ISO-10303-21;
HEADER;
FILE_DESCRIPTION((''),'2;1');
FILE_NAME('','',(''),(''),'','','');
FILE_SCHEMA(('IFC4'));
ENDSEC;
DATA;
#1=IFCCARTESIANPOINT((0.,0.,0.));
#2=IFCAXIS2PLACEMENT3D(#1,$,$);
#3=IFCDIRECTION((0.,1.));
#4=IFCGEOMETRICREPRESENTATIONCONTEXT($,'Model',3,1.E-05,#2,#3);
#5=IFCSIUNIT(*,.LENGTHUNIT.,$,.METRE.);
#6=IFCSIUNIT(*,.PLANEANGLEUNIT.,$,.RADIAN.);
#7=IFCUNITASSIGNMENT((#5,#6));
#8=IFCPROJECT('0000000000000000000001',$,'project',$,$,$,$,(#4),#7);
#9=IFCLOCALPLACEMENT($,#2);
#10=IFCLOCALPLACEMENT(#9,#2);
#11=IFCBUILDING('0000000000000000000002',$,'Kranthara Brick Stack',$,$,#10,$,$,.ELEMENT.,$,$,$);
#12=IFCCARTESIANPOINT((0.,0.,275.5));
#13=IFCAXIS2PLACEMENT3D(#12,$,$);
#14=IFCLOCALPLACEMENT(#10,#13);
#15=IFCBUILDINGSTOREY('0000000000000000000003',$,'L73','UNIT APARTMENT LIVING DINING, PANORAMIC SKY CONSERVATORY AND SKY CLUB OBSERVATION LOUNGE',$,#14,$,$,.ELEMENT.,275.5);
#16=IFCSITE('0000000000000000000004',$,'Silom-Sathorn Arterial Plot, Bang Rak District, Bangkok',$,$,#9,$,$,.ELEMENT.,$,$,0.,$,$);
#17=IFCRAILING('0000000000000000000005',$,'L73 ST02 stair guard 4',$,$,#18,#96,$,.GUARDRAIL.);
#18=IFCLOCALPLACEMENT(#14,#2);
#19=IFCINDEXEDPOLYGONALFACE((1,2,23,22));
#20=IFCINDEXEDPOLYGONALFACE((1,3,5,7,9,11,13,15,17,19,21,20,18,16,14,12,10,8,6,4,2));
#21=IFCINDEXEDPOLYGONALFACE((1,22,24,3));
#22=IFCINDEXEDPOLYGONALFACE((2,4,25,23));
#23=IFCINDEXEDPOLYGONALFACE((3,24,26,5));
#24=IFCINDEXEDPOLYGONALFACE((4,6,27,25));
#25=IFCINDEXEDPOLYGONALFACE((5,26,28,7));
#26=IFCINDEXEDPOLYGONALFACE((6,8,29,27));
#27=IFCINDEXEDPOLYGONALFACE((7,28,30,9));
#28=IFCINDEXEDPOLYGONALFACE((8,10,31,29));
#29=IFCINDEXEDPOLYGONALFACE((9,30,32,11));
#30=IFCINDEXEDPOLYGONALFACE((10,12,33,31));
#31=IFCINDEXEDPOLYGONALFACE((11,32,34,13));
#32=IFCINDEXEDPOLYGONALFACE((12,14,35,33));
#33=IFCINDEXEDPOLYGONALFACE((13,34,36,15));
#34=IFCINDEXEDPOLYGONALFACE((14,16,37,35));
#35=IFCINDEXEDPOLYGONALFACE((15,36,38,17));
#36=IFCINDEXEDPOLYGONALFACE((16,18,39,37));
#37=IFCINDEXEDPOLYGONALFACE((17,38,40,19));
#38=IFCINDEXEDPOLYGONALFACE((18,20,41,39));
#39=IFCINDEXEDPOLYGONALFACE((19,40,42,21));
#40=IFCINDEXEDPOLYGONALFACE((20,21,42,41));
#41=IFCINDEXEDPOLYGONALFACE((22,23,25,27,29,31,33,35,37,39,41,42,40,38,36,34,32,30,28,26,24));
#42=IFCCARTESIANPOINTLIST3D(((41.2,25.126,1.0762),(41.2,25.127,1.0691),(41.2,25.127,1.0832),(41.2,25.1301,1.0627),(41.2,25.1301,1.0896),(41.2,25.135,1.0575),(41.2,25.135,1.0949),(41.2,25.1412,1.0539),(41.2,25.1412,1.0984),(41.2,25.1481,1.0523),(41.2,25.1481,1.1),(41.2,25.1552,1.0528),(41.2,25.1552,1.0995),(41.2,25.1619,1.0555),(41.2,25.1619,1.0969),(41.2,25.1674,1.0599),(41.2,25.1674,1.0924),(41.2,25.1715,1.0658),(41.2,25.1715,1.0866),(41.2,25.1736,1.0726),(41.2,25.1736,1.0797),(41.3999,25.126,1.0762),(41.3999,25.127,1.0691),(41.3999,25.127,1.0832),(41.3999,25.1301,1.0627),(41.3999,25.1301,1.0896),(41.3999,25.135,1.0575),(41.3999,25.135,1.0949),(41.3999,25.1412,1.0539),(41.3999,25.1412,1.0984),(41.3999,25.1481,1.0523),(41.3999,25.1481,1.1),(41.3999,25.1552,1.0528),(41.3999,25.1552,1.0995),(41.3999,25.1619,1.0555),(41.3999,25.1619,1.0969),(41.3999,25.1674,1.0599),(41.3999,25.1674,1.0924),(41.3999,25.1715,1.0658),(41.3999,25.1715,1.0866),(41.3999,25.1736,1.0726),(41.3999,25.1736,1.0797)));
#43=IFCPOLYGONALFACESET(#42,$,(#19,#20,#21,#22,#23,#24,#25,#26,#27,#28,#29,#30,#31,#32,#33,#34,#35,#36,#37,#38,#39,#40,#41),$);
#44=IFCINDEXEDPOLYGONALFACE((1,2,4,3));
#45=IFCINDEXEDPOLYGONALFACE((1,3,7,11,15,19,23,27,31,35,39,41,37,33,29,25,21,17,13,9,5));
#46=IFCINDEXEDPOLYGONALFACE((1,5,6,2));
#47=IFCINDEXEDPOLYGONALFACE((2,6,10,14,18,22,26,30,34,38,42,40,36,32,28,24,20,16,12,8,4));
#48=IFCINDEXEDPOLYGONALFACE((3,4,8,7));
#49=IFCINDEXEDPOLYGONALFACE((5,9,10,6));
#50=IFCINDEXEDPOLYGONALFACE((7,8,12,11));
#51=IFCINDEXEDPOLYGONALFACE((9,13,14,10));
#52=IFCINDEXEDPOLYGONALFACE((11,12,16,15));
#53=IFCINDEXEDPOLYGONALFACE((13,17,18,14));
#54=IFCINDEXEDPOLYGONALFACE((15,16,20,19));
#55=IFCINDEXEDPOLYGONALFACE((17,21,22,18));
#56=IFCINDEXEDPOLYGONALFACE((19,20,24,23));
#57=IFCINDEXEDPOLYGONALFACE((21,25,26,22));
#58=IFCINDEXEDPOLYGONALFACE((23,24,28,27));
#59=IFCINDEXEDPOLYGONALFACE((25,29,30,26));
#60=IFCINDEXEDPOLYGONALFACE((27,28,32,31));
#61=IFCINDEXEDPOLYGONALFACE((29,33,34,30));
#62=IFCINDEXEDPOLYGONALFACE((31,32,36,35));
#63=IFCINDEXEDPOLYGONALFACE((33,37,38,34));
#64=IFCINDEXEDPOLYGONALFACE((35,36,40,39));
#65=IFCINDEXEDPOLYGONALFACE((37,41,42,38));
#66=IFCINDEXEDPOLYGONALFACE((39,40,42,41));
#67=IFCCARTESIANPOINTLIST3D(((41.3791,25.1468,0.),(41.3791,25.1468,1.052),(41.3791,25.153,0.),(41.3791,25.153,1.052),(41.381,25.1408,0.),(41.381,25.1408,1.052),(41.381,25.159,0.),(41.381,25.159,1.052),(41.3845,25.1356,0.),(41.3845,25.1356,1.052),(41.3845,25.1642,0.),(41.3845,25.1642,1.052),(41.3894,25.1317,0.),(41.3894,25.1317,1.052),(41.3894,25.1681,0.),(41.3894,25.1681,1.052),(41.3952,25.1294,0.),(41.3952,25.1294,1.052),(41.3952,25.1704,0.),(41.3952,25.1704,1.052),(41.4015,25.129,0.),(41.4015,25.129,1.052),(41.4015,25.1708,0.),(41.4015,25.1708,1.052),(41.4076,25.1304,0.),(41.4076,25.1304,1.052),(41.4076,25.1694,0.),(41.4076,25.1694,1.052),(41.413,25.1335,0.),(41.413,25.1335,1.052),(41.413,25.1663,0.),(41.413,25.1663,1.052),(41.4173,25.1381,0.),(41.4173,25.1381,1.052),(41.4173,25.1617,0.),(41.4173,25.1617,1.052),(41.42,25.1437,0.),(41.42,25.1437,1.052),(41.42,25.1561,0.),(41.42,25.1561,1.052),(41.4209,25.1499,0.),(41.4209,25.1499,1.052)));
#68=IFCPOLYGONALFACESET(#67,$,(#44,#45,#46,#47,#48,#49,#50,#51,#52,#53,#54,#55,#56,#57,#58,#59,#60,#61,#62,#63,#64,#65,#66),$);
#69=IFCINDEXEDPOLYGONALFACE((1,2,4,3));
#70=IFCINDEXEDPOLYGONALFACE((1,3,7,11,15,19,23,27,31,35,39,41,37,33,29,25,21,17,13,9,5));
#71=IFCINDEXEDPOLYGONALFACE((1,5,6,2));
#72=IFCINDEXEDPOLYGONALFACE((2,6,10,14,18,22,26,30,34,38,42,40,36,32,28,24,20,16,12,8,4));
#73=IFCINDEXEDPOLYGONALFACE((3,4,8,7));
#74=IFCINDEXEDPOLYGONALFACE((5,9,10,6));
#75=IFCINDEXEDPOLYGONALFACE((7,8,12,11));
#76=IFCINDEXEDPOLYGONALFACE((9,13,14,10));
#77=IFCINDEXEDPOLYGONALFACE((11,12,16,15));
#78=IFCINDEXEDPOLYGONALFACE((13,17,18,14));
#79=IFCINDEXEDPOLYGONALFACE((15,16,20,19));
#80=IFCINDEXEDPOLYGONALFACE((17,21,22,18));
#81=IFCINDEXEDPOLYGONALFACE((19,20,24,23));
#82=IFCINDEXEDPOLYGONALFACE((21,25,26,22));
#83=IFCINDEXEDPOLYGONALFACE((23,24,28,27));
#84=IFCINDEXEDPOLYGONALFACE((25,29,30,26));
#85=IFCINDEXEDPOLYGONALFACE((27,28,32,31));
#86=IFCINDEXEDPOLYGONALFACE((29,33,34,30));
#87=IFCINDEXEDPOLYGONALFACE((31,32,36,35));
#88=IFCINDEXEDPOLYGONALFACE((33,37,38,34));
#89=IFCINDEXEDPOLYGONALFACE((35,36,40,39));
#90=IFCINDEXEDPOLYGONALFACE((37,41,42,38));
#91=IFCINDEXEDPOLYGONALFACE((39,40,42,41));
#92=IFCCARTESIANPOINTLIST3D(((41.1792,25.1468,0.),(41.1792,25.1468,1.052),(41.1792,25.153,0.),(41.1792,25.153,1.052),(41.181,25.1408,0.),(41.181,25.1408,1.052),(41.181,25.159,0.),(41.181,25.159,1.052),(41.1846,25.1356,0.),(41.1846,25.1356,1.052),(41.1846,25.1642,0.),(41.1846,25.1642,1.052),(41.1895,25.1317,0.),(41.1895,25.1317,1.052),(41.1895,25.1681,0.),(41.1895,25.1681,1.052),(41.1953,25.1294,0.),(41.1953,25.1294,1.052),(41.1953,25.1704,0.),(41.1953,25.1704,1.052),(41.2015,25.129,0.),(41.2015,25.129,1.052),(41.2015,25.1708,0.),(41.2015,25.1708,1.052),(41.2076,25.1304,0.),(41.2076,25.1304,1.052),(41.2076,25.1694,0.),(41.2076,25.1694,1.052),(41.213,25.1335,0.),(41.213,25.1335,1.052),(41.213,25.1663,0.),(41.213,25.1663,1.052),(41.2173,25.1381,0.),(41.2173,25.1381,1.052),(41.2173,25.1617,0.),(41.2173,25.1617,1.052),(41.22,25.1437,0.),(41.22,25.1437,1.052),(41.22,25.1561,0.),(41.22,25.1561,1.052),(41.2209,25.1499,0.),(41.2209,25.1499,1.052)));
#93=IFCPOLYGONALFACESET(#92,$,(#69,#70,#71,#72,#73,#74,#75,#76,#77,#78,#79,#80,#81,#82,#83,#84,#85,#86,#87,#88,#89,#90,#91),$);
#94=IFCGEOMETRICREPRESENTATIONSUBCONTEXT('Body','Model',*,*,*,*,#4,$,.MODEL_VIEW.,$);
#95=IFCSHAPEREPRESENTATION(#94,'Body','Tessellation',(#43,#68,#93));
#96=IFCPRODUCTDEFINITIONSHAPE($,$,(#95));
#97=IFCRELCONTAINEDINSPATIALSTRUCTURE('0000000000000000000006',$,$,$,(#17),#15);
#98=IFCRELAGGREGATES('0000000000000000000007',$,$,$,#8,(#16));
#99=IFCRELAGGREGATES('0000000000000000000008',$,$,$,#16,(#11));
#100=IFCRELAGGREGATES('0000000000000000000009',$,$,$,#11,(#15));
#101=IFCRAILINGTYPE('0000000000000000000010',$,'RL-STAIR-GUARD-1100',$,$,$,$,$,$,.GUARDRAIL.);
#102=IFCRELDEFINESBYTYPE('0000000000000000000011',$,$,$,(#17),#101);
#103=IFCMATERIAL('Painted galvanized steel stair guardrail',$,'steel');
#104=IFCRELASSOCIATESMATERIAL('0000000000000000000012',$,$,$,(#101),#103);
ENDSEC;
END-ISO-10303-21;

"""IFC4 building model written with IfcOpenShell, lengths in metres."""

from ifc_helpers import new_model, si_unit, direction, frame, origin, origin_2d, place, context, subcontext, project, spatial, circle, extrude, material, type_object, element, save


model = new_model("IFC4")

# Units and contexts
model_context = context("Model", 3, precision=1e-05, world=origin(), true_north=direction((0.0, 1.0)))
body_context = subcontext(model_context, "Body", "Model", "MODEL_VIEW")
ifc_project = project(units=[si_unit("LENGTHUNIT", "METRE"), si_unit("PLANEANGLEUNIT", "RADIAN")], contexts=[model_context])

# Site, building, storey
site_placement = place(None, origin())
site = spatial("IfcSite", under=ifc_project, at=site_placement, Name="Silom-Sathorn Arterial Plot, Bang Rak District, Bangkok", CompositionType="ELEMENT", RefElevation=0.0)
building_placement = place(site_placement, origin())
building = spatial("IfcBuilding", under=site, at=building_placement, Name="Kranthara Brick Stack", CompositionType="ELEMENT")
storey_placement = place(building_placement, frame((0.0, 0.0, 275.5)))
storey = spatial("IfcBuildingStorey", under=building, at=storey_placement, Name="L73", Description="UNIT APARTMENT LIVING DINING, PANORAMIC SKY CONSERVATORY AND SKY CLUB OBSERVATION LOUNGE", CompositionType="ELEMENT", Elevation=275.5)

# Railing
ifc_material_1 = material(Name="Painted galvanized steel stair guardrail", Category="steel")
railing_type_1 = type_object("IfcRailingType", Name="RL-STAIR-GUARD-1100", PredefinedType="GUARDRAIL", material=ifc_material_1)
railing_1_placement = place(storey_placement, frame((41.3999, 25.1499, 0.0)))
element("IfcRailing", 1, at=railing_1_placement, inside=storey, type_object=railing_type_1, Name="L73 ST02 stair guard 4", PredefinedType="GUARDRAIL", context=body_context, shape_type="SweptSolid", body=[
    extrude(circle(Radius=0.0239, at=origin_2d()), frame((0.0, 0.0, 1.0762), z_axis=(-1.0, 0.0, 0.0), x_axis=(0.0, -1.0, 0.0)), (0.0, 0.0, 1.0), 0.2),
    extrude(circle(Radius=0.021, at=origin_2d()), origin(), (0.0, 0.0, 1.0), 1.052),
    extrude(circle(Radius=0.021, at=origin_2d()), frame((-0.2, 0.0, 0.0)), (0.0, 0.0, 1.0), 1.052),
])

save(model, "model.ifc")
